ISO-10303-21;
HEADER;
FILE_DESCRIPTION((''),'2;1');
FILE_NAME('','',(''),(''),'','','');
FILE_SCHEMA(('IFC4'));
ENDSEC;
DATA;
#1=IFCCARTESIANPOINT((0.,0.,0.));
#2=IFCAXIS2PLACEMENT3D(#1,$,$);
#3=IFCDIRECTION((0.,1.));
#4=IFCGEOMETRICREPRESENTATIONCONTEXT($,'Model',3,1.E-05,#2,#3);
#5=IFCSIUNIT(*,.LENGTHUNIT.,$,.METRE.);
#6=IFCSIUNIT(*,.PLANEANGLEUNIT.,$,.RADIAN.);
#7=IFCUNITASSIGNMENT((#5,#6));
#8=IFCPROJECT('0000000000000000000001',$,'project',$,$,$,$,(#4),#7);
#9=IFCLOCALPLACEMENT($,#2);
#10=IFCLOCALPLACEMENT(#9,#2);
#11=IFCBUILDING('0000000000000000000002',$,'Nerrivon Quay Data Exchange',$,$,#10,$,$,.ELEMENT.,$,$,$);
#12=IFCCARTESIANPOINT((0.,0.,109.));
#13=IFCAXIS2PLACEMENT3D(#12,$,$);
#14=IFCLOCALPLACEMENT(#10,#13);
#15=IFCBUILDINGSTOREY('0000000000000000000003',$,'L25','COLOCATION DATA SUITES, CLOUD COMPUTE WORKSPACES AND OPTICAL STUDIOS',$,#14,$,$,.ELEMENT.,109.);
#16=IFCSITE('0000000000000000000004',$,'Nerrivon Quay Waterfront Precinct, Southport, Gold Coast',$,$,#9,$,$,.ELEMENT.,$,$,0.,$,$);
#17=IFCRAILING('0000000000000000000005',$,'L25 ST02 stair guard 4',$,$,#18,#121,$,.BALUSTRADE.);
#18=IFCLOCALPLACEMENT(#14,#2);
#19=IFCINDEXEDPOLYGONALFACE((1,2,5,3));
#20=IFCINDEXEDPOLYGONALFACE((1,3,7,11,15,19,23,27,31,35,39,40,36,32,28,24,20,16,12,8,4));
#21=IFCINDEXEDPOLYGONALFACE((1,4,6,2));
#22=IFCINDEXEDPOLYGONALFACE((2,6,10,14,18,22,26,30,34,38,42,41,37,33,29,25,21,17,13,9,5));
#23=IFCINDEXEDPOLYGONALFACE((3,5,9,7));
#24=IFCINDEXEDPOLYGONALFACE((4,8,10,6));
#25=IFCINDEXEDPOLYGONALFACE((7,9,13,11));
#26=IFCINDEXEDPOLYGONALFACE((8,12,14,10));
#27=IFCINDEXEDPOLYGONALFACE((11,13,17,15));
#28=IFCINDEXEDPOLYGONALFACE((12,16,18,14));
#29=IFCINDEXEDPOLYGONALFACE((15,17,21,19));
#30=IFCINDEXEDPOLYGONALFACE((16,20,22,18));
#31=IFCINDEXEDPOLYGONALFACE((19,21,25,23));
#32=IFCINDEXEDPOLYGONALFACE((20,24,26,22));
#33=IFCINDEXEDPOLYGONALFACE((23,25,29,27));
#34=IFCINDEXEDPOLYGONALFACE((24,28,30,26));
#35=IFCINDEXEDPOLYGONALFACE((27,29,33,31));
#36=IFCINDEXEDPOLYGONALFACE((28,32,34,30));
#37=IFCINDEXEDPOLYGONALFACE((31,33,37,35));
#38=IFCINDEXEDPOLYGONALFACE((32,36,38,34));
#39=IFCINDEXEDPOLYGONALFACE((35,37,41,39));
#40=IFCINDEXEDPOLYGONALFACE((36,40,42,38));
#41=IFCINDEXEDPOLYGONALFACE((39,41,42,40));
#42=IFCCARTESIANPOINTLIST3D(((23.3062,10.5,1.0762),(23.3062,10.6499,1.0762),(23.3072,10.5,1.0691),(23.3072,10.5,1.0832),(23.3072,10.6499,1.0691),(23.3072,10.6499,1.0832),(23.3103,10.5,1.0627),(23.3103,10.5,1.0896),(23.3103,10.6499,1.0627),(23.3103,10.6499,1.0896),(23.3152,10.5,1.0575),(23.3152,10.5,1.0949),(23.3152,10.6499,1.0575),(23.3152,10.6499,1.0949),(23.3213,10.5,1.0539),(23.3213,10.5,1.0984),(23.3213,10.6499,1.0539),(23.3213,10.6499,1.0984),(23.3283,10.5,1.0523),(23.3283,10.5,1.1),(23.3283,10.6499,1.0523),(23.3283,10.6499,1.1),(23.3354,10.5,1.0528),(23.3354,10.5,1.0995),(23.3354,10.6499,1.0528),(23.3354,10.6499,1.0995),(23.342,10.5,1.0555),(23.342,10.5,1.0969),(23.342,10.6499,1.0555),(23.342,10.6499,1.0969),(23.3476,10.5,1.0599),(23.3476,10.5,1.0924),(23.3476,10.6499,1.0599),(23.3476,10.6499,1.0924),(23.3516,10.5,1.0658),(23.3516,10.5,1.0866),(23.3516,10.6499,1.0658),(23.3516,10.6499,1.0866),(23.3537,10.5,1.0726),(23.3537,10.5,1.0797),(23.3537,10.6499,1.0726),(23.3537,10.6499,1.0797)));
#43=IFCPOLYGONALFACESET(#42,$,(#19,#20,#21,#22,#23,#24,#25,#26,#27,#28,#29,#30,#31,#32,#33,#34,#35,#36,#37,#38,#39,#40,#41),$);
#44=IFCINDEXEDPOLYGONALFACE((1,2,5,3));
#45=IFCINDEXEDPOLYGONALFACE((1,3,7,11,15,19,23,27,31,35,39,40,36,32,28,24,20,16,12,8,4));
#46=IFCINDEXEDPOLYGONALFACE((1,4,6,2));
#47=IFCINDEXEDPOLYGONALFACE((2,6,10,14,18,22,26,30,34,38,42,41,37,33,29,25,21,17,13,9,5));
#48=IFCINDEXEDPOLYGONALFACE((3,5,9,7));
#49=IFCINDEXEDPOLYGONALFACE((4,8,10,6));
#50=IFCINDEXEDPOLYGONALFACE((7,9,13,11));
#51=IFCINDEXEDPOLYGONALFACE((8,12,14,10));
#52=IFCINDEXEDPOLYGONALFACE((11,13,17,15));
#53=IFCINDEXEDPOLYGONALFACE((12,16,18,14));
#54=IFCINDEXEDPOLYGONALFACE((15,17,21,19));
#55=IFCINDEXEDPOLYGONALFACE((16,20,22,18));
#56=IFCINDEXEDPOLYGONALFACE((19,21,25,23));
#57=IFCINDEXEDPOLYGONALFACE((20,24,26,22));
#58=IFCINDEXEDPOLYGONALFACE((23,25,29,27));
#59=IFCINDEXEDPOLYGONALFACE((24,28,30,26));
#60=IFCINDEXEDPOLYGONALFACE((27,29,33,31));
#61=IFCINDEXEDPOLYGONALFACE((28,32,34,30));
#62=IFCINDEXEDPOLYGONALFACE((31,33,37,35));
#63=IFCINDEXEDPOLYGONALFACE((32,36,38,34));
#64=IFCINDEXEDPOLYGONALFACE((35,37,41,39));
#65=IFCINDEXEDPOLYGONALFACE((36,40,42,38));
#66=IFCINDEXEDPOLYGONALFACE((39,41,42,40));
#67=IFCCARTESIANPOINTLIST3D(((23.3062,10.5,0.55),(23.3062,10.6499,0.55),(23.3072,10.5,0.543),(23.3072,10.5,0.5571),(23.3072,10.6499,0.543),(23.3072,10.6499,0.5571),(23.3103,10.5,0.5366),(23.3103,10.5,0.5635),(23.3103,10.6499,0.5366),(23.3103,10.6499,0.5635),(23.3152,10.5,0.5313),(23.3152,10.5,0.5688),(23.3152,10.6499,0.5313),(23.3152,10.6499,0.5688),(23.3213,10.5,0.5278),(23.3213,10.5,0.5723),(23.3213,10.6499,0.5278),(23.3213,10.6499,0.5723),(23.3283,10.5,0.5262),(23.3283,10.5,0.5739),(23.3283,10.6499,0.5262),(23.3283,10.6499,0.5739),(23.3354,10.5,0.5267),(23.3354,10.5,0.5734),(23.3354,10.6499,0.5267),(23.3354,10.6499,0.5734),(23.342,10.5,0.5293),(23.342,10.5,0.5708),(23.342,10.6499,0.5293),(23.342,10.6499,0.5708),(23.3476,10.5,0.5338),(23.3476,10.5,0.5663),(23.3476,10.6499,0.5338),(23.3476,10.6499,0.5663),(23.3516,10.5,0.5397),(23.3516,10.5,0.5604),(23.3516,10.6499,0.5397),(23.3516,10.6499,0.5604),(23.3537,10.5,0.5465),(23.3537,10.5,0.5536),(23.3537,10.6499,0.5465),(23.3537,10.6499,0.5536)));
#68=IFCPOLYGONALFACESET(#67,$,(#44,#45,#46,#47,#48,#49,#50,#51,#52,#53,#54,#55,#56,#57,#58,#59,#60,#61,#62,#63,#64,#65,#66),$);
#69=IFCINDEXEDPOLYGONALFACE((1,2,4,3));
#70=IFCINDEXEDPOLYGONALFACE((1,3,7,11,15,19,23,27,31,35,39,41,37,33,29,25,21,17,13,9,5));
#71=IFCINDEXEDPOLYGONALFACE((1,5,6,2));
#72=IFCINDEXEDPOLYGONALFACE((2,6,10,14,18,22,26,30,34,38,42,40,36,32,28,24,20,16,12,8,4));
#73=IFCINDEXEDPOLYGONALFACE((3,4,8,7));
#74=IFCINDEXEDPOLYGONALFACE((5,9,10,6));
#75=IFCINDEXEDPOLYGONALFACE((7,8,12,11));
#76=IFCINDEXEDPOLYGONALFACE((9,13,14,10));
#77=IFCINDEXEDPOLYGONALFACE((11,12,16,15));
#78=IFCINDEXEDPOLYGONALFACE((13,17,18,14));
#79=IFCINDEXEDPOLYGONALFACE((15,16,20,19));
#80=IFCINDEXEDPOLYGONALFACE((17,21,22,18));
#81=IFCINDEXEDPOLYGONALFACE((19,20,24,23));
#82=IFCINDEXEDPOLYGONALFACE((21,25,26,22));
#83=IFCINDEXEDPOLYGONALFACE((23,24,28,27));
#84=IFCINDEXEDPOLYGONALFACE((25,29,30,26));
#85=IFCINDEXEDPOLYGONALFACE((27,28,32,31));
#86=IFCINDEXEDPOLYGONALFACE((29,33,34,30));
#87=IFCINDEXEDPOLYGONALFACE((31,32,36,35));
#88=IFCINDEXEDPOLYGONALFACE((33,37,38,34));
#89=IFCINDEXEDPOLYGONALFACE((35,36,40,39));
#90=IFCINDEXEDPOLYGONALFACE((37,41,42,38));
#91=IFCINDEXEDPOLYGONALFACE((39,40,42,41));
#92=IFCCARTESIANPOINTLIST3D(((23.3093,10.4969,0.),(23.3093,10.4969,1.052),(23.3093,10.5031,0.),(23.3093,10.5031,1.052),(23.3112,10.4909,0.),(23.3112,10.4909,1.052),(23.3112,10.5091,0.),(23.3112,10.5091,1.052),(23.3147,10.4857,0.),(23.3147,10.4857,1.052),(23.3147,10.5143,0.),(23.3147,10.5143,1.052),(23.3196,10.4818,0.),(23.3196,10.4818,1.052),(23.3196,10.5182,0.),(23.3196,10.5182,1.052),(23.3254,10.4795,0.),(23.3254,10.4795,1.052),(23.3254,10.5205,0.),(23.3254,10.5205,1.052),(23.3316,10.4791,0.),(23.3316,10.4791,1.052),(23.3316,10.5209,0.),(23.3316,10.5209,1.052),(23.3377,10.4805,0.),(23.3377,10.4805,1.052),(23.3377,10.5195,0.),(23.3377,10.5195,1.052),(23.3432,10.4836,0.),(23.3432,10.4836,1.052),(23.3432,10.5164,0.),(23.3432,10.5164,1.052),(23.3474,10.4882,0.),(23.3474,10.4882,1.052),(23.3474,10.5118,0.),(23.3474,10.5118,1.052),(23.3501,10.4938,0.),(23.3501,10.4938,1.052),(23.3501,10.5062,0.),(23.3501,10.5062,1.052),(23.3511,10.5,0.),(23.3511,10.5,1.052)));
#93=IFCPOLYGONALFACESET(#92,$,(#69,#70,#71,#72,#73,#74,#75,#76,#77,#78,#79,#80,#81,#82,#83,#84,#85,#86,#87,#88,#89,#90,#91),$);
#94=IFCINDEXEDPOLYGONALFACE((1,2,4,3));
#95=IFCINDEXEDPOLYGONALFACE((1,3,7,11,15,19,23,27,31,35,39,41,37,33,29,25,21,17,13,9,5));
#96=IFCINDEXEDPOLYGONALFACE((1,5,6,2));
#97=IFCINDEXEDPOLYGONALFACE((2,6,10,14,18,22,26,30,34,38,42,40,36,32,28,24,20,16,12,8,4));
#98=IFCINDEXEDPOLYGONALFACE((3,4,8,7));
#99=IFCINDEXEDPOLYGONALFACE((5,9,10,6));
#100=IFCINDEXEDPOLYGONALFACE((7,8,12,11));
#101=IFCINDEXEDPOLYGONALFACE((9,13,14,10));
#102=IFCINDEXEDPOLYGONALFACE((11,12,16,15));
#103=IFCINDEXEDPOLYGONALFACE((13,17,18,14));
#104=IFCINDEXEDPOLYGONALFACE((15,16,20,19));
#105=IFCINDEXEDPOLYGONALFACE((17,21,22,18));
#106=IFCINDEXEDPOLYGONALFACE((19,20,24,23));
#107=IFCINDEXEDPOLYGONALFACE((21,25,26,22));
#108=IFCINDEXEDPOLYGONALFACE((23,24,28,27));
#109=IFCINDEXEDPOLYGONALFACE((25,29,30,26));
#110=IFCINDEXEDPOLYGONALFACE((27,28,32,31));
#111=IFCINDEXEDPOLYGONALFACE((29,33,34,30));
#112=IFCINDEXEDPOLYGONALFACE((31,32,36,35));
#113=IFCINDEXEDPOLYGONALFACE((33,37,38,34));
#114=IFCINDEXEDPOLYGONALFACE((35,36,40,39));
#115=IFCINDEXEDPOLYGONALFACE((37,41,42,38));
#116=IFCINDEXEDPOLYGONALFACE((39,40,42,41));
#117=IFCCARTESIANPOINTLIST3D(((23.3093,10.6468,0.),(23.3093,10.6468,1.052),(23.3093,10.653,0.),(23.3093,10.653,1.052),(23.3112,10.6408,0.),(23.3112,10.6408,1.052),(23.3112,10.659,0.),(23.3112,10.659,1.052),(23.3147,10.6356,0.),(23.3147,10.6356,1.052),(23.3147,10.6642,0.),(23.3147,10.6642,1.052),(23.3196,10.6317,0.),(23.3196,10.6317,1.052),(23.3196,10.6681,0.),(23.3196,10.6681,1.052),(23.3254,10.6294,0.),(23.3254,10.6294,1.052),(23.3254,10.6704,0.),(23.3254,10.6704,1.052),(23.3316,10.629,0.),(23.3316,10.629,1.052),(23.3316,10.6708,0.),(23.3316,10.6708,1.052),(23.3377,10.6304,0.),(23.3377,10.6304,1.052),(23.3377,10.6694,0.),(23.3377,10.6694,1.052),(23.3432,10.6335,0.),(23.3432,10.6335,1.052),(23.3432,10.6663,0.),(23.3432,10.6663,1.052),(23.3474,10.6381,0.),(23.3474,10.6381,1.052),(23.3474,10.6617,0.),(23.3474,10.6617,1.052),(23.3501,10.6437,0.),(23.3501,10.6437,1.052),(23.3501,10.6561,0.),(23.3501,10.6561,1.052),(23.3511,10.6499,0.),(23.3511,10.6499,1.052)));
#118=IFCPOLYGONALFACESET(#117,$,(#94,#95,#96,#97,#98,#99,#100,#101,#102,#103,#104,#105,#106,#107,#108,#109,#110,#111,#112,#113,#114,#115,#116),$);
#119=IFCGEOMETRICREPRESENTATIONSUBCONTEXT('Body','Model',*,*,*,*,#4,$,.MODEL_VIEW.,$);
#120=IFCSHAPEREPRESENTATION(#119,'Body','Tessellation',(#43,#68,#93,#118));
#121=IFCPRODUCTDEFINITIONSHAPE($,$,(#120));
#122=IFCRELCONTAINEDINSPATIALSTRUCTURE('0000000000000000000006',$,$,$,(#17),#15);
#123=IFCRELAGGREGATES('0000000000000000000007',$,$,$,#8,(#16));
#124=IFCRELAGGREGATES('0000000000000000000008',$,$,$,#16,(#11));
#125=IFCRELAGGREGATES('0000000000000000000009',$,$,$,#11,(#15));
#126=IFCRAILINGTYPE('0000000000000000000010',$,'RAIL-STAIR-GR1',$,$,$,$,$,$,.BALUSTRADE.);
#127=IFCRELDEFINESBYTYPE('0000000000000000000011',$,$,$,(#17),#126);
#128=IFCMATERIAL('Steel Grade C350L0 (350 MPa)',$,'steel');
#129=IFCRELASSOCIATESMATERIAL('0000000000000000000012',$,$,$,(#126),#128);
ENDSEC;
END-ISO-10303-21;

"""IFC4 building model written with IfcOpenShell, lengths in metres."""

from ifc_helpers import new_model, si_unit, direction, frame, origin, origin_2d, place, context, subcontext, project, spatial, circle, extrude, material, type_object, element, save


model = new_model("IFC4")

# Units and contexts
model_context = context("Model", 3, precision=1e-05, world=origin(), true_north=direction((0.0, 1.0)))
body_context = subcontext(model_context, "Body", "Model", "MODEL_VIEW")
ifc_project = project(units=[si_unit("LENGTHUNIT", "METRE"), si_unit("PLANEANGLEUNIT", "RADIAN")], contexts=[model_context])

# Site, building, storey
site_placement = place(None, origin())
site = spatial("IfcSite", under=ifc_project, at=site_placement, Name="Nerrivon Quay Waterfront Precinct, Southport, Gold Coast", CompositionType="ELEMENT", RefElevation=0.0)
building_placement = place(site_placement, origin())
building = spatial("IfcBuilding", under=site, at=building_placement, Name="Nerrivon Quay Data Exchange", CompositionType="ELEMENT")
storey_placement = place(building_placement, frame((0.0, 0.0, 109.0)))
storey = spatial("IfcBuildingStorey", under=building, at=storey_placement, Name="L25", Description="COLOCATION DATA SUITES, CLOUD COMPUTE WORKSPACES AND OPTICAL STUDIOS", CompositionType="ELEMENT", Elevation=109.0)

# Railing
ifc_material_1 = material(Name="Steel Grade C350L0 (350 MPa)", Category="steel")
railing_type_1 = type_object("IfcRailingType", Name="RAIL-STAIR-GR1", PredefinedType="BALUSTRADE", material=ifc_material_1)
railing_1_placement = place(storey_placement, frame((23.3301, 10.5, 0.0)))
element("IfcRailing", 1, at=railing_1_placement, inside=storey, type_object=railing_type_1, Name="L25 ST02 stair guard 4", PredefinedType="BALUSTRADE", context=body_context, shape_type="SweptSolid", body=[
    extrude(circle(Radius=0.0239, at=origin_2d()), frame((0.0, 0.0, 1.0762), z_axis=(0.0, 1.0, 0.0), x_axis=(-1.0, 0.0, 0.0)), (0.0, 0.0, 1.0), 0.1499),
    extrude(circle(Radius=0.0239, at=origin_2d()), frame((0.0, 0.0, 0.55), z_axis=(0.0, 1.0, 0.0), x_axis=(-1.0, 0.0, 0.0)), (0.0, 0.0, 1.0), 0.1499),
    extrude(circle(Radius=0.021, at=origin_2d()), origin(), (0.0, 0.0, 1.0), 1.052),
    extrude(circle(Radius=0.021, at=origin_2d()), frame((0.0, 0.1499, 0.0)), (0.0, 0.0, 1.0), 1.052),
])

save(model, "model.ifc")
